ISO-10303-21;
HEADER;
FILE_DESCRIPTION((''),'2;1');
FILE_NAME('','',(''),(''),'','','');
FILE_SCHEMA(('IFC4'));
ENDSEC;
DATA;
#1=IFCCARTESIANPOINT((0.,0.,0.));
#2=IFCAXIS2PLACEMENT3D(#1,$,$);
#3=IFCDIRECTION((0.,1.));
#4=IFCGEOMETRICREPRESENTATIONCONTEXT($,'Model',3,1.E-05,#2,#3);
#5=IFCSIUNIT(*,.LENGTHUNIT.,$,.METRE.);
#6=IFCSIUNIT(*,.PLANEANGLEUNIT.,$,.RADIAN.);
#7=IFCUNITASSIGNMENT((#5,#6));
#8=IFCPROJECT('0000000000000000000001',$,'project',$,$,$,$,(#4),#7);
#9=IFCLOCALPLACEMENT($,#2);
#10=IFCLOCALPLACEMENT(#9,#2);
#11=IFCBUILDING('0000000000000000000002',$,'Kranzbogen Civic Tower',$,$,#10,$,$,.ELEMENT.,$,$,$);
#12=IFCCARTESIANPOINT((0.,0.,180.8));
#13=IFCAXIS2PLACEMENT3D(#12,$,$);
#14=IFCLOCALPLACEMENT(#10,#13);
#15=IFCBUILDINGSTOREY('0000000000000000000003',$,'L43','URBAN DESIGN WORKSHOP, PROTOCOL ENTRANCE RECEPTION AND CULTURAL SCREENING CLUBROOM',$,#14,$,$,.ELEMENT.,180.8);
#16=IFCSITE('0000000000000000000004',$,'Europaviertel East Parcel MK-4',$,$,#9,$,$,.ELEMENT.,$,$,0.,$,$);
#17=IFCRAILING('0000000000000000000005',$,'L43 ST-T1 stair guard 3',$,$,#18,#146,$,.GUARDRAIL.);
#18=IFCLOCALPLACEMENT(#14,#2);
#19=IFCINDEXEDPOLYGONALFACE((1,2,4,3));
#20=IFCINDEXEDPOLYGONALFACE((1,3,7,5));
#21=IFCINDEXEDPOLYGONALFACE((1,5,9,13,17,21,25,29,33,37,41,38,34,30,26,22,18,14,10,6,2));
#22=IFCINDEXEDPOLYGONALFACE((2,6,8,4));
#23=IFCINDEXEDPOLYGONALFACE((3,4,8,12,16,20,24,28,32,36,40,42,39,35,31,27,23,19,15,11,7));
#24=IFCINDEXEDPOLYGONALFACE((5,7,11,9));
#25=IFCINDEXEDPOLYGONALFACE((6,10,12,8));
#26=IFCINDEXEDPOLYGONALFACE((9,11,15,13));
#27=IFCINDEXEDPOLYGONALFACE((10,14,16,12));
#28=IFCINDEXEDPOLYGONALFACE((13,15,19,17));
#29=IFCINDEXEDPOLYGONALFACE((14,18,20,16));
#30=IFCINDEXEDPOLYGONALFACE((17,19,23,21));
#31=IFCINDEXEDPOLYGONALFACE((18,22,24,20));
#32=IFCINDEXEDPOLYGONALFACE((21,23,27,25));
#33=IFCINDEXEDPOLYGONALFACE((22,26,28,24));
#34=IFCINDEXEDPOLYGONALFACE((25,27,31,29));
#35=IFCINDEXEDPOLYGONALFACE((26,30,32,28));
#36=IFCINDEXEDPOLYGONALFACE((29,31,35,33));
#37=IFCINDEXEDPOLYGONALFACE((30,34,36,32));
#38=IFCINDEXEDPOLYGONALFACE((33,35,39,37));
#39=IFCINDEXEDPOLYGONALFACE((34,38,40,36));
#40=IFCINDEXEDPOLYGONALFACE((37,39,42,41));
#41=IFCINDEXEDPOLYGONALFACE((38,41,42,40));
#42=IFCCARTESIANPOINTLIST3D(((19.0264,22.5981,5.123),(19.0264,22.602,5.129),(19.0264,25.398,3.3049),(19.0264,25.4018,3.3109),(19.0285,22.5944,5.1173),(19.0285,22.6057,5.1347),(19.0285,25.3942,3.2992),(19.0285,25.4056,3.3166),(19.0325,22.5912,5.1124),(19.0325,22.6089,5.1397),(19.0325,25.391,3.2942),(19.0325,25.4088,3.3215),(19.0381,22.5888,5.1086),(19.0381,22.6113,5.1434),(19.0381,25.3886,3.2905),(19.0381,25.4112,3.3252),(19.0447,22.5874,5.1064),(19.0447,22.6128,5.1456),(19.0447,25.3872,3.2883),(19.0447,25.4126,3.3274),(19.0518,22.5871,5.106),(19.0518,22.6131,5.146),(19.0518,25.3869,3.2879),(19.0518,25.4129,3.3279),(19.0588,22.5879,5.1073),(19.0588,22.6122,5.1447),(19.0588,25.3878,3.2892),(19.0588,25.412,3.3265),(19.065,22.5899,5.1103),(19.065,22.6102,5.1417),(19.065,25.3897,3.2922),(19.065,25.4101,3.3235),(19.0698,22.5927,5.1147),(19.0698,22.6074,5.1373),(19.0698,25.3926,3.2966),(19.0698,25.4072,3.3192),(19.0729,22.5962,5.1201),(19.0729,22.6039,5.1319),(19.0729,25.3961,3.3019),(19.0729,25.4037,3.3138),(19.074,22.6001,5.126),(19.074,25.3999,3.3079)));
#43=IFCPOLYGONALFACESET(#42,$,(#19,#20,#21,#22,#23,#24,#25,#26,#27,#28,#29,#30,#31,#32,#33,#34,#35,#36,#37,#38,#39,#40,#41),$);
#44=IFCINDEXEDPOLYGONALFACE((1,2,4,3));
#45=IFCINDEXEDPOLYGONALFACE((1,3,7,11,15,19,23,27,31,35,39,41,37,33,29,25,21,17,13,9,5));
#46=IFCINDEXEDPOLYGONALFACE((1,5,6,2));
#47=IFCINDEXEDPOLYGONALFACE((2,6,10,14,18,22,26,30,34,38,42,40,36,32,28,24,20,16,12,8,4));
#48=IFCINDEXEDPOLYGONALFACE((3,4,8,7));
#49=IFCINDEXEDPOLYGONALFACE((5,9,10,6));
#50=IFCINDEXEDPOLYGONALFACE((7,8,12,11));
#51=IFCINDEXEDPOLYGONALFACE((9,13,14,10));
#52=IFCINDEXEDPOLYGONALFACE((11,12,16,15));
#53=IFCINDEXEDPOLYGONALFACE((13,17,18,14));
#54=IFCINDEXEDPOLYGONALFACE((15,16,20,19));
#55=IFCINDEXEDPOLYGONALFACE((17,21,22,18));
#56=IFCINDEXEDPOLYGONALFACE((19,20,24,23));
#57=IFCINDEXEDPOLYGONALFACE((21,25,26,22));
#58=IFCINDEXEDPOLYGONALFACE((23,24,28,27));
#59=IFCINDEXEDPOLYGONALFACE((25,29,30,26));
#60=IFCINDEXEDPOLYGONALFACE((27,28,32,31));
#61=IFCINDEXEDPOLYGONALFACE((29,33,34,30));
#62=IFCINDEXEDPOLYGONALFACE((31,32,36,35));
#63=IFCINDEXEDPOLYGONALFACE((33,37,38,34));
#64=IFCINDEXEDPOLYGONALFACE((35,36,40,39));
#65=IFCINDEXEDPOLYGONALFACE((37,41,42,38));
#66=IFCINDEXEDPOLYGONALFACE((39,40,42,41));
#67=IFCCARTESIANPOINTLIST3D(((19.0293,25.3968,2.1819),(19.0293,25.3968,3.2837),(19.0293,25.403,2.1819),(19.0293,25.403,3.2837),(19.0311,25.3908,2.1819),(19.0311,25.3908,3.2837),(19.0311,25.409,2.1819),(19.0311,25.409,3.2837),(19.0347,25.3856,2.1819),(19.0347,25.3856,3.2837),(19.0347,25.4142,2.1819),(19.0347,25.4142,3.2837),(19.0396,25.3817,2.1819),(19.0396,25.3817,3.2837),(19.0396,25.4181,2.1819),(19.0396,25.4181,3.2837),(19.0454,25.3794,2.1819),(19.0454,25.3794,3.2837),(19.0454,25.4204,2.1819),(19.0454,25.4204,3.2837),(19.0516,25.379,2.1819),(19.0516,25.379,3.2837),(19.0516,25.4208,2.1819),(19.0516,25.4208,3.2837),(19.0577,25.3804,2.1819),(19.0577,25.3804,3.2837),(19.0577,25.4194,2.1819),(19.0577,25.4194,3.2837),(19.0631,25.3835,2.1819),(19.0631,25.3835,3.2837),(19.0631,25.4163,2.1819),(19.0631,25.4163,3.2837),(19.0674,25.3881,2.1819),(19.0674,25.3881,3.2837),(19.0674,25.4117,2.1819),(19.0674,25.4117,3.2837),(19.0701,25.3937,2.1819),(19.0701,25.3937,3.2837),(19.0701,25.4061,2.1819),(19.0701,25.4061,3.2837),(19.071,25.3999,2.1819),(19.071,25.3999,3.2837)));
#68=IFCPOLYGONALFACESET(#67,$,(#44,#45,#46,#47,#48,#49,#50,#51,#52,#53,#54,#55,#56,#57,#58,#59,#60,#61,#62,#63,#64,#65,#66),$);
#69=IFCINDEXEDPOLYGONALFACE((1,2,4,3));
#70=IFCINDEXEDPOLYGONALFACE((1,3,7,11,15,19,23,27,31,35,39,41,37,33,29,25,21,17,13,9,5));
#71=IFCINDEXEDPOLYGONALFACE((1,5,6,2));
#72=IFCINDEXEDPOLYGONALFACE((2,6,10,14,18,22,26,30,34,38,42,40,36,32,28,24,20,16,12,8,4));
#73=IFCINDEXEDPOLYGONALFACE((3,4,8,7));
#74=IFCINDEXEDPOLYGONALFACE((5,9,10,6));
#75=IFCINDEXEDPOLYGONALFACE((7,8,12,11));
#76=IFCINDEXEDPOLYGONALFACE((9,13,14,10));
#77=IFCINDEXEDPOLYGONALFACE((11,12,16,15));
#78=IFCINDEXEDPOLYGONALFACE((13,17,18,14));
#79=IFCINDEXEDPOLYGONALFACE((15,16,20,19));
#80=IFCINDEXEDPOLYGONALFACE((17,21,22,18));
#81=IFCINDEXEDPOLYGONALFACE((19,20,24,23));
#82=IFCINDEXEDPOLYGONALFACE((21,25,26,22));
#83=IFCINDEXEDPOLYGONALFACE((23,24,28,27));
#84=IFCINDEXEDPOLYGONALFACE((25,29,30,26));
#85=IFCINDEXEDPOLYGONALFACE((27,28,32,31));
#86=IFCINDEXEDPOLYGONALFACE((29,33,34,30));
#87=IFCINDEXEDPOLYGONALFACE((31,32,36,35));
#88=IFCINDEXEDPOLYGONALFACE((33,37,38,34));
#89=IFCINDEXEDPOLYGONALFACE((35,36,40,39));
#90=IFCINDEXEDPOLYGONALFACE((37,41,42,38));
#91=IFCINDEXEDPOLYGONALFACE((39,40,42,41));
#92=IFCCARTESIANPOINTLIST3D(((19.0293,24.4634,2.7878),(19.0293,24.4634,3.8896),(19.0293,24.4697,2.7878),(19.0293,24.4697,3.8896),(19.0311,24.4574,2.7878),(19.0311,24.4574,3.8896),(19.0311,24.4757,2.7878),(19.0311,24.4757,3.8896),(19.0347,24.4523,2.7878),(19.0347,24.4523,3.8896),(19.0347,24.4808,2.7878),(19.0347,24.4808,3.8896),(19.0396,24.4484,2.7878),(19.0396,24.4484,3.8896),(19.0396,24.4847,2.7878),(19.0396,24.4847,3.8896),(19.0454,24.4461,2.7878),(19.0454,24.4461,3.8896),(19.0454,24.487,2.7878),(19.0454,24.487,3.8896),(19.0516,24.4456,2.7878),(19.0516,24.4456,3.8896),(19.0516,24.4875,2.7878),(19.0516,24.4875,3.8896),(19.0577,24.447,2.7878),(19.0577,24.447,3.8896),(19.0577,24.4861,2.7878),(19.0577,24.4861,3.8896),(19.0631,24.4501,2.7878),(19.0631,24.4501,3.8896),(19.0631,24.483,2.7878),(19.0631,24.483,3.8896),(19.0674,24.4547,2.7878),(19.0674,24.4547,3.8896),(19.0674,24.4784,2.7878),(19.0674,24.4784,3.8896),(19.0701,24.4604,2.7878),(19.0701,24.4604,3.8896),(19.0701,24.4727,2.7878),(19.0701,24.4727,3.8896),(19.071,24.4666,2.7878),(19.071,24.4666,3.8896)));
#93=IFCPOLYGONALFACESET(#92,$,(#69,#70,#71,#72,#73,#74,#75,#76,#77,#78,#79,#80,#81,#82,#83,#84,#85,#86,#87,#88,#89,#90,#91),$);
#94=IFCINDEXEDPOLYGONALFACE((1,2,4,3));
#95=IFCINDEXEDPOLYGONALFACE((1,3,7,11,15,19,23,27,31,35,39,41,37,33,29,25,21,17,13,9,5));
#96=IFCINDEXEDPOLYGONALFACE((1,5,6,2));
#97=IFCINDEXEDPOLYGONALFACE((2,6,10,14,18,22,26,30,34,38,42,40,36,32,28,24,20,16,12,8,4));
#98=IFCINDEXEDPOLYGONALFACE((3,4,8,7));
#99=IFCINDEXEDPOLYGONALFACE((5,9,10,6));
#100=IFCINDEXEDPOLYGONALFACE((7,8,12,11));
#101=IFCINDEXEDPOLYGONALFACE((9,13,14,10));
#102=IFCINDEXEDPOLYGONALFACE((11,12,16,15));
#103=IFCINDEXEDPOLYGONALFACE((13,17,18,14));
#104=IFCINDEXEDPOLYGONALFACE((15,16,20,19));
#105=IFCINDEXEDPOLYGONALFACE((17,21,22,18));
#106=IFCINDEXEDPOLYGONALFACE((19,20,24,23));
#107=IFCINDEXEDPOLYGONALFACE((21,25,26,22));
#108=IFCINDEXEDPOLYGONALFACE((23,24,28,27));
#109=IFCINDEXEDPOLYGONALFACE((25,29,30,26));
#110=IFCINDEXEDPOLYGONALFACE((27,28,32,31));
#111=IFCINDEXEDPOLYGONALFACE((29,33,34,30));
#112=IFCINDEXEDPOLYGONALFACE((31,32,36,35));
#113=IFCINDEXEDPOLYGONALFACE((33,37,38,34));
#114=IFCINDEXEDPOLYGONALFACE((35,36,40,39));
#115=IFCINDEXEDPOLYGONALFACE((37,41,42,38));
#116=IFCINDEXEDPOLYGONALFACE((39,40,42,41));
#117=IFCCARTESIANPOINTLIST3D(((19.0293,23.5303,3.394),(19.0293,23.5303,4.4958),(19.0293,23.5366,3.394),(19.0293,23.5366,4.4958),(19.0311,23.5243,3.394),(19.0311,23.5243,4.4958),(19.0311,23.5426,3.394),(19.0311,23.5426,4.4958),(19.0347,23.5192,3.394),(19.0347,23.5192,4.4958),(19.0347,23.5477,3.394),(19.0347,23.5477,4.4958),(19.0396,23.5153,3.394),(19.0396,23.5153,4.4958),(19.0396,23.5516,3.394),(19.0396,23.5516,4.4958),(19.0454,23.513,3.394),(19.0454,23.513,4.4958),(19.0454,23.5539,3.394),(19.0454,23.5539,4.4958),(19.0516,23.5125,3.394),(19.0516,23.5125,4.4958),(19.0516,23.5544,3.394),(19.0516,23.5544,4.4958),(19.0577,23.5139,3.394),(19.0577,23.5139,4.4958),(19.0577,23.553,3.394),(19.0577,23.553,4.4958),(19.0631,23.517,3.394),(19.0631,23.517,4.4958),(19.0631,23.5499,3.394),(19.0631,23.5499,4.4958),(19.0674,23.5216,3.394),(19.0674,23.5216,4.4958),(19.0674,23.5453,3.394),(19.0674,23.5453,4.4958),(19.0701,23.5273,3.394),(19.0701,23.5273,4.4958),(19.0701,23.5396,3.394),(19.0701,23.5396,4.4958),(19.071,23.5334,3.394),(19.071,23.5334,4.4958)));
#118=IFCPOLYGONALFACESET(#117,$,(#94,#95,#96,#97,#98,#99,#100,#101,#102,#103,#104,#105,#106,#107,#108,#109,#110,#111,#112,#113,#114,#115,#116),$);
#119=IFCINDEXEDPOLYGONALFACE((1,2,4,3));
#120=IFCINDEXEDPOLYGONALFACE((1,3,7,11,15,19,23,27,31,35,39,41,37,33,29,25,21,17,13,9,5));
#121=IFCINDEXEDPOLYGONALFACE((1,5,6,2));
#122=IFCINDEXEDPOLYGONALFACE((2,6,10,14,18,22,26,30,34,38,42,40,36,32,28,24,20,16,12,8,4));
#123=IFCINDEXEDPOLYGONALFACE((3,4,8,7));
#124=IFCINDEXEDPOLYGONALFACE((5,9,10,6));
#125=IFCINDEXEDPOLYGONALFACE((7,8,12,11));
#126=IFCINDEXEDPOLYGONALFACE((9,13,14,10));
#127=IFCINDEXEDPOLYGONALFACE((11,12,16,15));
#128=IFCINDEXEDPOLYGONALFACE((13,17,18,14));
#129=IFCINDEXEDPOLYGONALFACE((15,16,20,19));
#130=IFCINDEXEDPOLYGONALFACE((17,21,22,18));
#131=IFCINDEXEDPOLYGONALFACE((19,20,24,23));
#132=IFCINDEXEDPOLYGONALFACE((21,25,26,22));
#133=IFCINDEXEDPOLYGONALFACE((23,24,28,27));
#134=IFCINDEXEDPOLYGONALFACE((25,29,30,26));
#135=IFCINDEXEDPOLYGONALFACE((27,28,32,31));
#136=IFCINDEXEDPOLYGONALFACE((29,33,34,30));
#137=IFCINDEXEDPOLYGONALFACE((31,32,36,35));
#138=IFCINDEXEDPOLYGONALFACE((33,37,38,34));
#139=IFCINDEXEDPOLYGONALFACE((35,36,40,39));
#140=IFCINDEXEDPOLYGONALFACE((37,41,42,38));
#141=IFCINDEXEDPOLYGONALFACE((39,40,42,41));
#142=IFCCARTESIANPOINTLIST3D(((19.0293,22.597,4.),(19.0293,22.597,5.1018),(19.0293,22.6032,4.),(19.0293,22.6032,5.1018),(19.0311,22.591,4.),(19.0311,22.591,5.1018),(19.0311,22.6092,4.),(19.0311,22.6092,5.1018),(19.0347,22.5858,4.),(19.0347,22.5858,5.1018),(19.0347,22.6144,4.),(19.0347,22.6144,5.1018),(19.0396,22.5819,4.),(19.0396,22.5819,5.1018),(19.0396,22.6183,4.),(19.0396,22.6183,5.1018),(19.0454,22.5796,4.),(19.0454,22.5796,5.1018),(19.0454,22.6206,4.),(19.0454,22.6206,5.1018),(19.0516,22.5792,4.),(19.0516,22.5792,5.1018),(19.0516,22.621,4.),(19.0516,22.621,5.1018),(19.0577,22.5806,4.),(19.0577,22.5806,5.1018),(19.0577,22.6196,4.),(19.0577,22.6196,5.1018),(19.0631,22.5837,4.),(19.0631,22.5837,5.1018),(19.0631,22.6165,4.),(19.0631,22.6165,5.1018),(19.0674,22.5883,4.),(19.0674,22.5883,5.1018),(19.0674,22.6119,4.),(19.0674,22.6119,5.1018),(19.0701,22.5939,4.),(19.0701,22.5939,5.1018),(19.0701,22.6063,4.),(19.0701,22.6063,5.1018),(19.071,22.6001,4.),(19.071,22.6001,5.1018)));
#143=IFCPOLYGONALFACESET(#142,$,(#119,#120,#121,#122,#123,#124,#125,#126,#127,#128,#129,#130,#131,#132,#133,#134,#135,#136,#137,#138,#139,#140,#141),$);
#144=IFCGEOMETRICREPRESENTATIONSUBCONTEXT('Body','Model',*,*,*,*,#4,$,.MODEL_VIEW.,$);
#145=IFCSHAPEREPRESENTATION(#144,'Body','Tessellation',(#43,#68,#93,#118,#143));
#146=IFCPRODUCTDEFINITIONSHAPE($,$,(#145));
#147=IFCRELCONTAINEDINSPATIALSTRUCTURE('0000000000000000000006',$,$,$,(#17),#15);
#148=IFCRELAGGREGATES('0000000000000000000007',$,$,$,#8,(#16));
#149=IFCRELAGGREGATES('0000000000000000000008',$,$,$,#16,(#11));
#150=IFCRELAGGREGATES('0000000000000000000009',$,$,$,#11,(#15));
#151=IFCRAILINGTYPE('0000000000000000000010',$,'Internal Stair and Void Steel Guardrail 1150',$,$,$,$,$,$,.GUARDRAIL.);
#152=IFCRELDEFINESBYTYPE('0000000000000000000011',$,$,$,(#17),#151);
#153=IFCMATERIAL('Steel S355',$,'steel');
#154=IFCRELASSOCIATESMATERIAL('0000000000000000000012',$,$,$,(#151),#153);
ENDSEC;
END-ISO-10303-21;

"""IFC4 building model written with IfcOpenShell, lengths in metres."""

from ifc_helpers import new_model, si_unit, direction, frame, origin, origin_2d, place, context, subcontext, project, spatial, circle, extrude, material, type_object, element, save


model = new_model("IFC4")

# Units and contexts
model_context = context("Model", 3, precision=1e-05, world=origin(), true_north=direction((0.0, 1.0)))
body_context = subcontext(model_context, "Body", "Model", "MODEL_VIEW")
ifc_project = project(units=[si_unit("LENGTHUNIT", "METRE"), si_unit("PLANEANGLEUNIT", "RADIAN")], contexts=[model_context])

# Site, building, storey
site_placement = place(None, origin())
site = spatial("IfcSite", under=ifc_project, at=site_placement, Name="Europaviertel East Parcel MK-4", CompositionType="ELEMENT", RefElevation=0.0)
building_placement = place(site_placement, origin())
building = spatial("IfcBuilding", under=site, at=building_placement, Name="Kranzbogen Civic Tower", CompositionType="ELEMENT")
storey_placement = place(building_placement, frame((0.0, 0.0, 180.8)))
storey = spatial("IfcBuildingStorey", under=building, at=storey_placement, Name="L43", Description="URBAN DESIGN WORKSHOP, PROTOCOL ENTRANCE RECEPTION AND CULTURAL SCREENING CLUBROOM", CompositionType="ELEMENT", Elevation=180.8)

# Shared definitions
ifc_material_1 = material(Name="Steel S355", Category="steel")

# Railing
railing_type_1 = type_object("IfcRailingType", Name="Internal Stair and Void Steel Guardrail 1150", PredefinedType="GUARDRAIL", material=ifc_material_1)
railing_1_placement = place(storey_placement, frame((19.05, 25.3999, 2.1819)))
element("IfcRailing", 1, at=railing_1_placement, inside=storey, type_object=railing_type_1, Name="L43 ST-T1 stair guard 3", PredefinedType="GUARDRAIL", context=body_context, shape_type="SweptSolid", body=[
    extrude(circle(Radius=0.0239, at=origin_2d()), frame((0.0, 0.0, 1.126), z_axis=(0.0, -0.838684, 0.544618), x_axis=(1.0, 0.0, 0.0)), (0.0, 0.0, 1.0), 3.3384),
    extrude(circle(Radius=0.021, at=origin_2d()), origin(), (0.0, 0.0, 1.0), 1.1018),
    extrude(circle(Radius=0.021, at=origin_2d()), frame((0.0, -0.9333, 0.606)), (0.0, 0.0, 1.0), 1.1018),
    extrude(circle(Radius=0.021, at=origin_2d()), frame((0.0, -1.8665, 1.2122)), (0.0, 0.0, 1.0), 1.1018),
    extrude(circle(Radius=0.021, at=origin_2d()), frame((0.0, -2.7998, 1.8181)), (0.0, 0.0, 1.0), 1.1018),
])

save(model, "model.ifc")
